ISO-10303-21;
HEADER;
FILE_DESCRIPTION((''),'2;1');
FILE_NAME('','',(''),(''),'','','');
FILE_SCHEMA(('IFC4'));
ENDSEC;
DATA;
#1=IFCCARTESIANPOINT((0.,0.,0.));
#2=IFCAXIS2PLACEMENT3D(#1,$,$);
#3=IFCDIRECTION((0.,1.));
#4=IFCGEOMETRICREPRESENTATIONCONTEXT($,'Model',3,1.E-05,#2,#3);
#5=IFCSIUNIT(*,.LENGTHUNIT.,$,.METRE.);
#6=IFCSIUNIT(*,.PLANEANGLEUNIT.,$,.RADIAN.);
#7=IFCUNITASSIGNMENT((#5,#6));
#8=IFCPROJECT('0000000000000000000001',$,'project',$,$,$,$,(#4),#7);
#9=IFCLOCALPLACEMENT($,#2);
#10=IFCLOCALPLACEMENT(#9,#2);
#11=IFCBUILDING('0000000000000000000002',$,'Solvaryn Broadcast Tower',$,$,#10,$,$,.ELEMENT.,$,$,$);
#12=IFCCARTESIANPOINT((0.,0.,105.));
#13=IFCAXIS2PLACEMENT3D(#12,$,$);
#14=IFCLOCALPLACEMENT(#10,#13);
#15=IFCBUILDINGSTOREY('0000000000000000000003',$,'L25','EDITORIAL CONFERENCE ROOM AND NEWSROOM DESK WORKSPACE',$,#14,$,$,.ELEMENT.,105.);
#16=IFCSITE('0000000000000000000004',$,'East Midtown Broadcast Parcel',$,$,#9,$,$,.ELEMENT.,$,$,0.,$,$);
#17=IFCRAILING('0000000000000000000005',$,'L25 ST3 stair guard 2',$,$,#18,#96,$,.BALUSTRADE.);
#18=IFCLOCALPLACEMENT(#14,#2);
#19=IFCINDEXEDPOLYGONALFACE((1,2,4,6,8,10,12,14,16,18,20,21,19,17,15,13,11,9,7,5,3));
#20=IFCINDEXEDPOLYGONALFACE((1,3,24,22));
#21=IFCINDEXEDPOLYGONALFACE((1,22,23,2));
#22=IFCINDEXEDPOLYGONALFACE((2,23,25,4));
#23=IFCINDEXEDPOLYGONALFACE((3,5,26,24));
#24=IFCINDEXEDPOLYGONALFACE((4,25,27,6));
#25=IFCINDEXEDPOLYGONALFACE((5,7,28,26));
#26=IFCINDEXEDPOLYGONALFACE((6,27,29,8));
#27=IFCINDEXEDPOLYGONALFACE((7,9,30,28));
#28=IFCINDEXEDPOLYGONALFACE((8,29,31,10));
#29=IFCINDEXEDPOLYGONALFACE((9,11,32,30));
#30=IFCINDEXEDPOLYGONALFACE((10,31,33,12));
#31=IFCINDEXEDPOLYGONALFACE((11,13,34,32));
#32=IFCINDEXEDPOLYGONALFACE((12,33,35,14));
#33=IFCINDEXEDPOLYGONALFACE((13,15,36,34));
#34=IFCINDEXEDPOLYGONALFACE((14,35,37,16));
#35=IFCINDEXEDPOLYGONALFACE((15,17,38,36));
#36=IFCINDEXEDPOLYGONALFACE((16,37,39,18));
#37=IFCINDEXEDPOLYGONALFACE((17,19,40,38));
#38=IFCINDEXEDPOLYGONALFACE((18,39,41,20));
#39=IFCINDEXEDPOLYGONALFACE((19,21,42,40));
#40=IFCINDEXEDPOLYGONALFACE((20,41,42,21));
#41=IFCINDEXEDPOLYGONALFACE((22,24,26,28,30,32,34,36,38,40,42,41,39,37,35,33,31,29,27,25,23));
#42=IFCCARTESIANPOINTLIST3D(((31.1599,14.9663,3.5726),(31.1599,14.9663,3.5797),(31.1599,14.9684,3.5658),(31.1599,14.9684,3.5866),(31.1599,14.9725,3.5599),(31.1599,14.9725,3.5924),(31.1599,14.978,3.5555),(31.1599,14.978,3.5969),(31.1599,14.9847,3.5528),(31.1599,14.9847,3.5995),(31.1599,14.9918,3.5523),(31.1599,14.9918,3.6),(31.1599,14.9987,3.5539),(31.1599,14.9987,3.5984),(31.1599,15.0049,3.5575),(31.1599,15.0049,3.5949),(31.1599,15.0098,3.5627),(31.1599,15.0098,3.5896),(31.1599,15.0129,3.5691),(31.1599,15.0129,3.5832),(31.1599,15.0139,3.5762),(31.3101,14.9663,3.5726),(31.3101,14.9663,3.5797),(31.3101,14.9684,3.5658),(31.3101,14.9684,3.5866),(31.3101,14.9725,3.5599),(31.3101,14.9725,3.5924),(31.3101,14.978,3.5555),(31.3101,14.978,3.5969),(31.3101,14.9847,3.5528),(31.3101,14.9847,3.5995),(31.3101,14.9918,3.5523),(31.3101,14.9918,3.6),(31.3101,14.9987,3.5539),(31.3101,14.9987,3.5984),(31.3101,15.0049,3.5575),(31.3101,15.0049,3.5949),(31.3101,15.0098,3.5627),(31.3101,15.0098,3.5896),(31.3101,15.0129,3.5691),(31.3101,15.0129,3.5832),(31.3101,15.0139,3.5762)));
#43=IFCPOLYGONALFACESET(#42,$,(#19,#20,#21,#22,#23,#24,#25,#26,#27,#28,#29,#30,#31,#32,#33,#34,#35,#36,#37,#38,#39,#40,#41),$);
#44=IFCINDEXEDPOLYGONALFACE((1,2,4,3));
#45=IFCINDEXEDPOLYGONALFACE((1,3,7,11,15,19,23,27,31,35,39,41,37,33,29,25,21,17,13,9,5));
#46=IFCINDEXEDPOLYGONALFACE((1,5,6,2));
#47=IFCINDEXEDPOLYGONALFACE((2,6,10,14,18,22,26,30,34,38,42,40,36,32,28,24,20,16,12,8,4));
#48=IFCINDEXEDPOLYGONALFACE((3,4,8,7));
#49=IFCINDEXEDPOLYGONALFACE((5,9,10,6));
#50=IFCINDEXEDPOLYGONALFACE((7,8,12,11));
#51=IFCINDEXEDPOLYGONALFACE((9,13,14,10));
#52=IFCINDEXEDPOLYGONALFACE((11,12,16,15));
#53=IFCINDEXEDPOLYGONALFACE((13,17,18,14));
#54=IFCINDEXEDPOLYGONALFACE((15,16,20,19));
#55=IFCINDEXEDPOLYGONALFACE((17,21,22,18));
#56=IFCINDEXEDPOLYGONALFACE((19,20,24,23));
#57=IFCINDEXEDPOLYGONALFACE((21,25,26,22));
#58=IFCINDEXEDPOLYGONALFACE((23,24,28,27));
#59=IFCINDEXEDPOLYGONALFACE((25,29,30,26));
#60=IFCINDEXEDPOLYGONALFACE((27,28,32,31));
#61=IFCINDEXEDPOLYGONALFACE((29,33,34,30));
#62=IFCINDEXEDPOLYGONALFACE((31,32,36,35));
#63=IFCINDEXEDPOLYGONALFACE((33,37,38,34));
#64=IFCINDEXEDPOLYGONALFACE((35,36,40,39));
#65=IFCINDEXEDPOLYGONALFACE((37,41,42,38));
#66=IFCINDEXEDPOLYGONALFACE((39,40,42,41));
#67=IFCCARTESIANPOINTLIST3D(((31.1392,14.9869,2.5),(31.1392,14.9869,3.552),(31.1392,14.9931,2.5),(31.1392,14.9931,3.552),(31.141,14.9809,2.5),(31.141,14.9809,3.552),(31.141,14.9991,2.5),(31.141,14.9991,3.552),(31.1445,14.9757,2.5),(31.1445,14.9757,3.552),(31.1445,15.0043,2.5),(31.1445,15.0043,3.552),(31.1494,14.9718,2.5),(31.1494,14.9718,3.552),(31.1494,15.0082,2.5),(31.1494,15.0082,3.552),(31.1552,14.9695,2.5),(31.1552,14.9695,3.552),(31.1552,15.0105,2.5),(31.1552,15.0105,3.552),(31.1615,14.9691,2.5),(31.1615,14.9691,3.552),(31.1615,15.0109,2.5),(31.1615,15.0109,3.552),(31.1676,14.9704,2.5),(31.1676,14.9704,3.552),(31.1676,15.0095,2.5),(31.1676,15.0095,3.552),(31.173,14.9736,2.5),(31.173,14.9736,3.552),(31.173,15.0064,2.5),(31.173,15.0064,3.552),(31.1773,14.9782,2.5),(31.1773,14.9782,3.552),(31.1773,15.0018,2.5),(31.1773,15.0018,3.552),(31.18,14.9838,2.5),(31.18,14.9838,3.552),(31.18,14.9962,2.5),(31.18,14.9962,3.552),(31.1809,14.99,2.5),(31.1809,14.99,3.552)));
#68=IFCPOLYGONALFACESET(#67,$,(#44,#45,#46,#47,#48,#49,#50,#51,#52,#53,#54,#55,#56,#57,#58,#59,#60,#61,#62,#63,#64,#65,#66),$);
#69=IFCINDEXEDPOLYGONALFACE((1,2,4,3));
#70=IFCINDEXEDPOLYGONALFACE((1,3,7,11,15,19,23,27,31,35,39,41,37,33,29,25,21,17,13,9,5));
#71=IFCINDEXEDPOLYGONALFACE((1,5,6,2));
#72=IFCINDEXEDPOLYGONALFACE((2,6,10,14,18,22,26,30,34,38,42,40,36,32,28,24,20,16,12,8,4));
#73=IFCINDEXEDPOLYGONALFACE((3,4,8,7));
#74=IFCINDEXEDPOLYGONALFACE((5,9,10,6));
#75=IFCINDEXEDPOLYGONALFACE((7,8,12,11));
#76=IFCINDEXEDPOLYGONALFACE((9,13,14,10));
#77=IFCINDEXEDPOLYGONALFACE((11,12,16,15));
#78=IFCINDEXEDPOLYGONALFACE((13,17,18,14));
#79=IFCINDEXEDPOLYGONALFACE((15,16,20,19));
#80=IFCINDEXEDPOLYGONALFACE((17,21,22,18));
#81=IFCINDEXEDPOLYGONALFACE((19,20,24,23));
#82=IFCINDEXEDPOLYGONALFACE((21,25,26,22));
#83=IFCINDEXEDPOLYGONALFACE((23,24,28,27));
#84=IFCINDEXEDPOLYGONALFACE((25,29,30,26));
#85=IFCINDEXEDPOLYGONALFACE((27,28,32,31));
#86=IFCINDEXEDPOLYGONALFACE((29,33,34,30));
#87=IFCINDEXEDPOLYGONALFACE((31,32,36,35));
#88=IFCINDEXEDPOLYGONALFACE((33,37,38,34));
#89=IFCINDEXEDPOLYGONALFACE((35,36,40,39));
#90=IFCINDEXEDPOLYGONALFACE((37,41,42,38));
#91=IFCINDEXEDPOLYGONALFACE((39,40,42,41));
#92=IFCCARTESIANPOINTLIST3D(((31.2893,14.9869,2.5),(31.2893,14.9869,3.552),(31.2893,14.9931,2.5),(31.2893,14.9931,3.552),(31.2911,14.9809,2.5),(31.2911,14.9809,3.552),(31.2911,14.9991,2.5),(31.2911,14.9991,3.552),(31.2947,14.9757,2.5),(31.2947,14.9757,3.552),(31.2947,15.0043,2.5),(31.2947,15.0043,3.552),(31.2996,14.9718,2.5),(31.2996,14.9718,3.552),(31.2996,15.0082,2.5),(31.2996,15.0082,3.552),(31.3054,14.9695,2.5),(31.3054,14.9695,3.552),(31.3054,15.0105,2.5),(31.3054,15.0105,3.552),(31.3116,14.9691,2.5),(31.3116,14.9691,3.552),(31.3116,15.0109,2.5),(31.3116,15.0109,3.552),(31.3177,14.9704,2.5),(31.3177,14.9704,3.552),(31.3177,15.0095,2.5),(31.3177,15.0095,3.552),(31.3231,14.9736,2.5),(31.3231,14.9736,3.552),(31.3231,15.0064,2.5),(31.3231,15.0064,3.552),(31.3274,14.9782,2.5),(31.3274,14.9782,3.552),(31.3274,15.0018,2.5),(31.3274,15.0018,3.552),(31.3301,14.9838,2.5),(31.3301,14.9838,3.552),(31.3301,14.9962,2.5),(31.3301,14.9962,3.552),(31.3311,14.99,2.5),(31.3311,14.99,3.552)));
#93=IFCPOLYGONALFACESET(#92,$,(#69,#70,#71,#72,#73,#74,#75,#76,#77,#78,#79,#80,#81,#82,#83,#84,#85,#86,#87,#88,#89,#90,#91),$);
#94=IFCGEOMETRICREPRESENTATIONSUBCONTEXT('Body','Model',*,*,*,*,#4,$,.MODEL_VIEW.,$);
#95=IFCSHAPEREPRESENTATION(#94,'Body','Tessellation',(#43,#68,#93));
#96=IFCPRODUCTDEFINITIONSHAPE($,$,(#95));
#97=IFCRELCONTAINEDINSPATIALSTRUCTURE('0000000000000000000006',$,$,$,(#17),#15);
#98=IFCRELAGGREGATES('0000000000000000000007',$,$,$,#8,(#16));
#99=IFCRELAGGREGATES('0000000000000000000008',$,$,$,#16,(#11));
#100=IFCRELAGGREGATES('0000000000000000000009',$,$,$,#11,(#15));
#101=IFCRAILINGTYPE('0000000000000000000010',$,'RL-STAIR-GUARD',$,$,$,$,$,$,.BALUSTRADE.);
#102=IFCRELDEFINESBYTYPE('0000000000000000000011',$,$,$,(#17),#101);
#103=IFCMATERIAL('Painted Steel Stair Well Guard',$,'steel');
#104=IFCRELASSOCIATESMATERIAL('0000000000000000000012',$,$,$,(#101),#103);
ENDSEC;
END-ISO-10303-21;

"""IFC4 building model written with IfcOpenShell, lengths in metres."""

from ifc_helpers import new_model, si_unit, direction, frame, origin, origin_2d, place, context, subcontext, project, spatial, circle, extrude, material, type_object, element, save


model = new_model("IFC4")

# Units and contexts
model_context = context("Model", 3, precision=1e-05, world=origin(), true_north=direction((0.0, 1.0)))
body_context = subcontext(model_context, "Body", "Model", "MODEL_VIEW")
ifc_project = project(units=[si_unit("LENGTHUNIT", "METRE"), si_unit("PLANEANGLEUNIT", "RADIAN")], contexts=[model_context])

# Site, building, storey
site_placement = place(None, origin())
site = spatial("IfcSite", under=ifc_project, at=site_placement, Name="East Midtown Broadcast Parcel", CompositionType="ELEMENT", RefElevation=0.0)
building_placement = place(site_placement, origin())
building = spatial("IfcBuilding", under=site, at=building_placement, Name="Solvaryn Broadcast Tower", CompositionType="ELEMENT")
storey_placement = place(building_placement, frame((0.0, 0.0, 105.0)))
storey = spatial("IfcBuildingStorey", under=building, at=storey_placement, Name="L25", Description="EDITORIAL CONFERENCE ROOM AND NEWSROOM DESK WORKSPACE", CompositionType="ELEMENT", Elevation=105.0)

# Railing
ifc_material_1 = material(Name="Painted Steel Stair Well Guard", Category="steel")
railing_type_1 = type_object("IfcRailingType", Name="RL-STAIR-GUARD", PredefinedType="BALUSTRADE", material=ifc_material_1)
railing_1_placement = place(storey_placement, frame((31.1599, 14.99, 2.5)))
element("IfcRailing", 1, at=railing_1_placement, inside=storey, type_object=railing_type_1, Name="L25 ST3 stair guard 2", PredefinedType="BALUSTRADE", context=body_context, shape_type="SweptSolid", body=[
    extrude(circle(Radius=0.0239, at=origin_2d()), frame((0.0, 0.0, 1.0762), z_axis=(1.0, 0.0, 0.0), x_axis=(0.0, 1.0, 0.0)), (0.0, 0.0, 1.0), 0.1501),
    extrude(circle(Radius=0.021, at=origin_2d()), origin(), (0.0, 0.0, 1.0), 1.052),
    extrude(circle(Radius=0.021, at=origin_2d()), frame((0.1501, 0.0, 0.0)), (0.0, 0.0, 1.0), 1.052),
])

save(model, "model.ifc")
